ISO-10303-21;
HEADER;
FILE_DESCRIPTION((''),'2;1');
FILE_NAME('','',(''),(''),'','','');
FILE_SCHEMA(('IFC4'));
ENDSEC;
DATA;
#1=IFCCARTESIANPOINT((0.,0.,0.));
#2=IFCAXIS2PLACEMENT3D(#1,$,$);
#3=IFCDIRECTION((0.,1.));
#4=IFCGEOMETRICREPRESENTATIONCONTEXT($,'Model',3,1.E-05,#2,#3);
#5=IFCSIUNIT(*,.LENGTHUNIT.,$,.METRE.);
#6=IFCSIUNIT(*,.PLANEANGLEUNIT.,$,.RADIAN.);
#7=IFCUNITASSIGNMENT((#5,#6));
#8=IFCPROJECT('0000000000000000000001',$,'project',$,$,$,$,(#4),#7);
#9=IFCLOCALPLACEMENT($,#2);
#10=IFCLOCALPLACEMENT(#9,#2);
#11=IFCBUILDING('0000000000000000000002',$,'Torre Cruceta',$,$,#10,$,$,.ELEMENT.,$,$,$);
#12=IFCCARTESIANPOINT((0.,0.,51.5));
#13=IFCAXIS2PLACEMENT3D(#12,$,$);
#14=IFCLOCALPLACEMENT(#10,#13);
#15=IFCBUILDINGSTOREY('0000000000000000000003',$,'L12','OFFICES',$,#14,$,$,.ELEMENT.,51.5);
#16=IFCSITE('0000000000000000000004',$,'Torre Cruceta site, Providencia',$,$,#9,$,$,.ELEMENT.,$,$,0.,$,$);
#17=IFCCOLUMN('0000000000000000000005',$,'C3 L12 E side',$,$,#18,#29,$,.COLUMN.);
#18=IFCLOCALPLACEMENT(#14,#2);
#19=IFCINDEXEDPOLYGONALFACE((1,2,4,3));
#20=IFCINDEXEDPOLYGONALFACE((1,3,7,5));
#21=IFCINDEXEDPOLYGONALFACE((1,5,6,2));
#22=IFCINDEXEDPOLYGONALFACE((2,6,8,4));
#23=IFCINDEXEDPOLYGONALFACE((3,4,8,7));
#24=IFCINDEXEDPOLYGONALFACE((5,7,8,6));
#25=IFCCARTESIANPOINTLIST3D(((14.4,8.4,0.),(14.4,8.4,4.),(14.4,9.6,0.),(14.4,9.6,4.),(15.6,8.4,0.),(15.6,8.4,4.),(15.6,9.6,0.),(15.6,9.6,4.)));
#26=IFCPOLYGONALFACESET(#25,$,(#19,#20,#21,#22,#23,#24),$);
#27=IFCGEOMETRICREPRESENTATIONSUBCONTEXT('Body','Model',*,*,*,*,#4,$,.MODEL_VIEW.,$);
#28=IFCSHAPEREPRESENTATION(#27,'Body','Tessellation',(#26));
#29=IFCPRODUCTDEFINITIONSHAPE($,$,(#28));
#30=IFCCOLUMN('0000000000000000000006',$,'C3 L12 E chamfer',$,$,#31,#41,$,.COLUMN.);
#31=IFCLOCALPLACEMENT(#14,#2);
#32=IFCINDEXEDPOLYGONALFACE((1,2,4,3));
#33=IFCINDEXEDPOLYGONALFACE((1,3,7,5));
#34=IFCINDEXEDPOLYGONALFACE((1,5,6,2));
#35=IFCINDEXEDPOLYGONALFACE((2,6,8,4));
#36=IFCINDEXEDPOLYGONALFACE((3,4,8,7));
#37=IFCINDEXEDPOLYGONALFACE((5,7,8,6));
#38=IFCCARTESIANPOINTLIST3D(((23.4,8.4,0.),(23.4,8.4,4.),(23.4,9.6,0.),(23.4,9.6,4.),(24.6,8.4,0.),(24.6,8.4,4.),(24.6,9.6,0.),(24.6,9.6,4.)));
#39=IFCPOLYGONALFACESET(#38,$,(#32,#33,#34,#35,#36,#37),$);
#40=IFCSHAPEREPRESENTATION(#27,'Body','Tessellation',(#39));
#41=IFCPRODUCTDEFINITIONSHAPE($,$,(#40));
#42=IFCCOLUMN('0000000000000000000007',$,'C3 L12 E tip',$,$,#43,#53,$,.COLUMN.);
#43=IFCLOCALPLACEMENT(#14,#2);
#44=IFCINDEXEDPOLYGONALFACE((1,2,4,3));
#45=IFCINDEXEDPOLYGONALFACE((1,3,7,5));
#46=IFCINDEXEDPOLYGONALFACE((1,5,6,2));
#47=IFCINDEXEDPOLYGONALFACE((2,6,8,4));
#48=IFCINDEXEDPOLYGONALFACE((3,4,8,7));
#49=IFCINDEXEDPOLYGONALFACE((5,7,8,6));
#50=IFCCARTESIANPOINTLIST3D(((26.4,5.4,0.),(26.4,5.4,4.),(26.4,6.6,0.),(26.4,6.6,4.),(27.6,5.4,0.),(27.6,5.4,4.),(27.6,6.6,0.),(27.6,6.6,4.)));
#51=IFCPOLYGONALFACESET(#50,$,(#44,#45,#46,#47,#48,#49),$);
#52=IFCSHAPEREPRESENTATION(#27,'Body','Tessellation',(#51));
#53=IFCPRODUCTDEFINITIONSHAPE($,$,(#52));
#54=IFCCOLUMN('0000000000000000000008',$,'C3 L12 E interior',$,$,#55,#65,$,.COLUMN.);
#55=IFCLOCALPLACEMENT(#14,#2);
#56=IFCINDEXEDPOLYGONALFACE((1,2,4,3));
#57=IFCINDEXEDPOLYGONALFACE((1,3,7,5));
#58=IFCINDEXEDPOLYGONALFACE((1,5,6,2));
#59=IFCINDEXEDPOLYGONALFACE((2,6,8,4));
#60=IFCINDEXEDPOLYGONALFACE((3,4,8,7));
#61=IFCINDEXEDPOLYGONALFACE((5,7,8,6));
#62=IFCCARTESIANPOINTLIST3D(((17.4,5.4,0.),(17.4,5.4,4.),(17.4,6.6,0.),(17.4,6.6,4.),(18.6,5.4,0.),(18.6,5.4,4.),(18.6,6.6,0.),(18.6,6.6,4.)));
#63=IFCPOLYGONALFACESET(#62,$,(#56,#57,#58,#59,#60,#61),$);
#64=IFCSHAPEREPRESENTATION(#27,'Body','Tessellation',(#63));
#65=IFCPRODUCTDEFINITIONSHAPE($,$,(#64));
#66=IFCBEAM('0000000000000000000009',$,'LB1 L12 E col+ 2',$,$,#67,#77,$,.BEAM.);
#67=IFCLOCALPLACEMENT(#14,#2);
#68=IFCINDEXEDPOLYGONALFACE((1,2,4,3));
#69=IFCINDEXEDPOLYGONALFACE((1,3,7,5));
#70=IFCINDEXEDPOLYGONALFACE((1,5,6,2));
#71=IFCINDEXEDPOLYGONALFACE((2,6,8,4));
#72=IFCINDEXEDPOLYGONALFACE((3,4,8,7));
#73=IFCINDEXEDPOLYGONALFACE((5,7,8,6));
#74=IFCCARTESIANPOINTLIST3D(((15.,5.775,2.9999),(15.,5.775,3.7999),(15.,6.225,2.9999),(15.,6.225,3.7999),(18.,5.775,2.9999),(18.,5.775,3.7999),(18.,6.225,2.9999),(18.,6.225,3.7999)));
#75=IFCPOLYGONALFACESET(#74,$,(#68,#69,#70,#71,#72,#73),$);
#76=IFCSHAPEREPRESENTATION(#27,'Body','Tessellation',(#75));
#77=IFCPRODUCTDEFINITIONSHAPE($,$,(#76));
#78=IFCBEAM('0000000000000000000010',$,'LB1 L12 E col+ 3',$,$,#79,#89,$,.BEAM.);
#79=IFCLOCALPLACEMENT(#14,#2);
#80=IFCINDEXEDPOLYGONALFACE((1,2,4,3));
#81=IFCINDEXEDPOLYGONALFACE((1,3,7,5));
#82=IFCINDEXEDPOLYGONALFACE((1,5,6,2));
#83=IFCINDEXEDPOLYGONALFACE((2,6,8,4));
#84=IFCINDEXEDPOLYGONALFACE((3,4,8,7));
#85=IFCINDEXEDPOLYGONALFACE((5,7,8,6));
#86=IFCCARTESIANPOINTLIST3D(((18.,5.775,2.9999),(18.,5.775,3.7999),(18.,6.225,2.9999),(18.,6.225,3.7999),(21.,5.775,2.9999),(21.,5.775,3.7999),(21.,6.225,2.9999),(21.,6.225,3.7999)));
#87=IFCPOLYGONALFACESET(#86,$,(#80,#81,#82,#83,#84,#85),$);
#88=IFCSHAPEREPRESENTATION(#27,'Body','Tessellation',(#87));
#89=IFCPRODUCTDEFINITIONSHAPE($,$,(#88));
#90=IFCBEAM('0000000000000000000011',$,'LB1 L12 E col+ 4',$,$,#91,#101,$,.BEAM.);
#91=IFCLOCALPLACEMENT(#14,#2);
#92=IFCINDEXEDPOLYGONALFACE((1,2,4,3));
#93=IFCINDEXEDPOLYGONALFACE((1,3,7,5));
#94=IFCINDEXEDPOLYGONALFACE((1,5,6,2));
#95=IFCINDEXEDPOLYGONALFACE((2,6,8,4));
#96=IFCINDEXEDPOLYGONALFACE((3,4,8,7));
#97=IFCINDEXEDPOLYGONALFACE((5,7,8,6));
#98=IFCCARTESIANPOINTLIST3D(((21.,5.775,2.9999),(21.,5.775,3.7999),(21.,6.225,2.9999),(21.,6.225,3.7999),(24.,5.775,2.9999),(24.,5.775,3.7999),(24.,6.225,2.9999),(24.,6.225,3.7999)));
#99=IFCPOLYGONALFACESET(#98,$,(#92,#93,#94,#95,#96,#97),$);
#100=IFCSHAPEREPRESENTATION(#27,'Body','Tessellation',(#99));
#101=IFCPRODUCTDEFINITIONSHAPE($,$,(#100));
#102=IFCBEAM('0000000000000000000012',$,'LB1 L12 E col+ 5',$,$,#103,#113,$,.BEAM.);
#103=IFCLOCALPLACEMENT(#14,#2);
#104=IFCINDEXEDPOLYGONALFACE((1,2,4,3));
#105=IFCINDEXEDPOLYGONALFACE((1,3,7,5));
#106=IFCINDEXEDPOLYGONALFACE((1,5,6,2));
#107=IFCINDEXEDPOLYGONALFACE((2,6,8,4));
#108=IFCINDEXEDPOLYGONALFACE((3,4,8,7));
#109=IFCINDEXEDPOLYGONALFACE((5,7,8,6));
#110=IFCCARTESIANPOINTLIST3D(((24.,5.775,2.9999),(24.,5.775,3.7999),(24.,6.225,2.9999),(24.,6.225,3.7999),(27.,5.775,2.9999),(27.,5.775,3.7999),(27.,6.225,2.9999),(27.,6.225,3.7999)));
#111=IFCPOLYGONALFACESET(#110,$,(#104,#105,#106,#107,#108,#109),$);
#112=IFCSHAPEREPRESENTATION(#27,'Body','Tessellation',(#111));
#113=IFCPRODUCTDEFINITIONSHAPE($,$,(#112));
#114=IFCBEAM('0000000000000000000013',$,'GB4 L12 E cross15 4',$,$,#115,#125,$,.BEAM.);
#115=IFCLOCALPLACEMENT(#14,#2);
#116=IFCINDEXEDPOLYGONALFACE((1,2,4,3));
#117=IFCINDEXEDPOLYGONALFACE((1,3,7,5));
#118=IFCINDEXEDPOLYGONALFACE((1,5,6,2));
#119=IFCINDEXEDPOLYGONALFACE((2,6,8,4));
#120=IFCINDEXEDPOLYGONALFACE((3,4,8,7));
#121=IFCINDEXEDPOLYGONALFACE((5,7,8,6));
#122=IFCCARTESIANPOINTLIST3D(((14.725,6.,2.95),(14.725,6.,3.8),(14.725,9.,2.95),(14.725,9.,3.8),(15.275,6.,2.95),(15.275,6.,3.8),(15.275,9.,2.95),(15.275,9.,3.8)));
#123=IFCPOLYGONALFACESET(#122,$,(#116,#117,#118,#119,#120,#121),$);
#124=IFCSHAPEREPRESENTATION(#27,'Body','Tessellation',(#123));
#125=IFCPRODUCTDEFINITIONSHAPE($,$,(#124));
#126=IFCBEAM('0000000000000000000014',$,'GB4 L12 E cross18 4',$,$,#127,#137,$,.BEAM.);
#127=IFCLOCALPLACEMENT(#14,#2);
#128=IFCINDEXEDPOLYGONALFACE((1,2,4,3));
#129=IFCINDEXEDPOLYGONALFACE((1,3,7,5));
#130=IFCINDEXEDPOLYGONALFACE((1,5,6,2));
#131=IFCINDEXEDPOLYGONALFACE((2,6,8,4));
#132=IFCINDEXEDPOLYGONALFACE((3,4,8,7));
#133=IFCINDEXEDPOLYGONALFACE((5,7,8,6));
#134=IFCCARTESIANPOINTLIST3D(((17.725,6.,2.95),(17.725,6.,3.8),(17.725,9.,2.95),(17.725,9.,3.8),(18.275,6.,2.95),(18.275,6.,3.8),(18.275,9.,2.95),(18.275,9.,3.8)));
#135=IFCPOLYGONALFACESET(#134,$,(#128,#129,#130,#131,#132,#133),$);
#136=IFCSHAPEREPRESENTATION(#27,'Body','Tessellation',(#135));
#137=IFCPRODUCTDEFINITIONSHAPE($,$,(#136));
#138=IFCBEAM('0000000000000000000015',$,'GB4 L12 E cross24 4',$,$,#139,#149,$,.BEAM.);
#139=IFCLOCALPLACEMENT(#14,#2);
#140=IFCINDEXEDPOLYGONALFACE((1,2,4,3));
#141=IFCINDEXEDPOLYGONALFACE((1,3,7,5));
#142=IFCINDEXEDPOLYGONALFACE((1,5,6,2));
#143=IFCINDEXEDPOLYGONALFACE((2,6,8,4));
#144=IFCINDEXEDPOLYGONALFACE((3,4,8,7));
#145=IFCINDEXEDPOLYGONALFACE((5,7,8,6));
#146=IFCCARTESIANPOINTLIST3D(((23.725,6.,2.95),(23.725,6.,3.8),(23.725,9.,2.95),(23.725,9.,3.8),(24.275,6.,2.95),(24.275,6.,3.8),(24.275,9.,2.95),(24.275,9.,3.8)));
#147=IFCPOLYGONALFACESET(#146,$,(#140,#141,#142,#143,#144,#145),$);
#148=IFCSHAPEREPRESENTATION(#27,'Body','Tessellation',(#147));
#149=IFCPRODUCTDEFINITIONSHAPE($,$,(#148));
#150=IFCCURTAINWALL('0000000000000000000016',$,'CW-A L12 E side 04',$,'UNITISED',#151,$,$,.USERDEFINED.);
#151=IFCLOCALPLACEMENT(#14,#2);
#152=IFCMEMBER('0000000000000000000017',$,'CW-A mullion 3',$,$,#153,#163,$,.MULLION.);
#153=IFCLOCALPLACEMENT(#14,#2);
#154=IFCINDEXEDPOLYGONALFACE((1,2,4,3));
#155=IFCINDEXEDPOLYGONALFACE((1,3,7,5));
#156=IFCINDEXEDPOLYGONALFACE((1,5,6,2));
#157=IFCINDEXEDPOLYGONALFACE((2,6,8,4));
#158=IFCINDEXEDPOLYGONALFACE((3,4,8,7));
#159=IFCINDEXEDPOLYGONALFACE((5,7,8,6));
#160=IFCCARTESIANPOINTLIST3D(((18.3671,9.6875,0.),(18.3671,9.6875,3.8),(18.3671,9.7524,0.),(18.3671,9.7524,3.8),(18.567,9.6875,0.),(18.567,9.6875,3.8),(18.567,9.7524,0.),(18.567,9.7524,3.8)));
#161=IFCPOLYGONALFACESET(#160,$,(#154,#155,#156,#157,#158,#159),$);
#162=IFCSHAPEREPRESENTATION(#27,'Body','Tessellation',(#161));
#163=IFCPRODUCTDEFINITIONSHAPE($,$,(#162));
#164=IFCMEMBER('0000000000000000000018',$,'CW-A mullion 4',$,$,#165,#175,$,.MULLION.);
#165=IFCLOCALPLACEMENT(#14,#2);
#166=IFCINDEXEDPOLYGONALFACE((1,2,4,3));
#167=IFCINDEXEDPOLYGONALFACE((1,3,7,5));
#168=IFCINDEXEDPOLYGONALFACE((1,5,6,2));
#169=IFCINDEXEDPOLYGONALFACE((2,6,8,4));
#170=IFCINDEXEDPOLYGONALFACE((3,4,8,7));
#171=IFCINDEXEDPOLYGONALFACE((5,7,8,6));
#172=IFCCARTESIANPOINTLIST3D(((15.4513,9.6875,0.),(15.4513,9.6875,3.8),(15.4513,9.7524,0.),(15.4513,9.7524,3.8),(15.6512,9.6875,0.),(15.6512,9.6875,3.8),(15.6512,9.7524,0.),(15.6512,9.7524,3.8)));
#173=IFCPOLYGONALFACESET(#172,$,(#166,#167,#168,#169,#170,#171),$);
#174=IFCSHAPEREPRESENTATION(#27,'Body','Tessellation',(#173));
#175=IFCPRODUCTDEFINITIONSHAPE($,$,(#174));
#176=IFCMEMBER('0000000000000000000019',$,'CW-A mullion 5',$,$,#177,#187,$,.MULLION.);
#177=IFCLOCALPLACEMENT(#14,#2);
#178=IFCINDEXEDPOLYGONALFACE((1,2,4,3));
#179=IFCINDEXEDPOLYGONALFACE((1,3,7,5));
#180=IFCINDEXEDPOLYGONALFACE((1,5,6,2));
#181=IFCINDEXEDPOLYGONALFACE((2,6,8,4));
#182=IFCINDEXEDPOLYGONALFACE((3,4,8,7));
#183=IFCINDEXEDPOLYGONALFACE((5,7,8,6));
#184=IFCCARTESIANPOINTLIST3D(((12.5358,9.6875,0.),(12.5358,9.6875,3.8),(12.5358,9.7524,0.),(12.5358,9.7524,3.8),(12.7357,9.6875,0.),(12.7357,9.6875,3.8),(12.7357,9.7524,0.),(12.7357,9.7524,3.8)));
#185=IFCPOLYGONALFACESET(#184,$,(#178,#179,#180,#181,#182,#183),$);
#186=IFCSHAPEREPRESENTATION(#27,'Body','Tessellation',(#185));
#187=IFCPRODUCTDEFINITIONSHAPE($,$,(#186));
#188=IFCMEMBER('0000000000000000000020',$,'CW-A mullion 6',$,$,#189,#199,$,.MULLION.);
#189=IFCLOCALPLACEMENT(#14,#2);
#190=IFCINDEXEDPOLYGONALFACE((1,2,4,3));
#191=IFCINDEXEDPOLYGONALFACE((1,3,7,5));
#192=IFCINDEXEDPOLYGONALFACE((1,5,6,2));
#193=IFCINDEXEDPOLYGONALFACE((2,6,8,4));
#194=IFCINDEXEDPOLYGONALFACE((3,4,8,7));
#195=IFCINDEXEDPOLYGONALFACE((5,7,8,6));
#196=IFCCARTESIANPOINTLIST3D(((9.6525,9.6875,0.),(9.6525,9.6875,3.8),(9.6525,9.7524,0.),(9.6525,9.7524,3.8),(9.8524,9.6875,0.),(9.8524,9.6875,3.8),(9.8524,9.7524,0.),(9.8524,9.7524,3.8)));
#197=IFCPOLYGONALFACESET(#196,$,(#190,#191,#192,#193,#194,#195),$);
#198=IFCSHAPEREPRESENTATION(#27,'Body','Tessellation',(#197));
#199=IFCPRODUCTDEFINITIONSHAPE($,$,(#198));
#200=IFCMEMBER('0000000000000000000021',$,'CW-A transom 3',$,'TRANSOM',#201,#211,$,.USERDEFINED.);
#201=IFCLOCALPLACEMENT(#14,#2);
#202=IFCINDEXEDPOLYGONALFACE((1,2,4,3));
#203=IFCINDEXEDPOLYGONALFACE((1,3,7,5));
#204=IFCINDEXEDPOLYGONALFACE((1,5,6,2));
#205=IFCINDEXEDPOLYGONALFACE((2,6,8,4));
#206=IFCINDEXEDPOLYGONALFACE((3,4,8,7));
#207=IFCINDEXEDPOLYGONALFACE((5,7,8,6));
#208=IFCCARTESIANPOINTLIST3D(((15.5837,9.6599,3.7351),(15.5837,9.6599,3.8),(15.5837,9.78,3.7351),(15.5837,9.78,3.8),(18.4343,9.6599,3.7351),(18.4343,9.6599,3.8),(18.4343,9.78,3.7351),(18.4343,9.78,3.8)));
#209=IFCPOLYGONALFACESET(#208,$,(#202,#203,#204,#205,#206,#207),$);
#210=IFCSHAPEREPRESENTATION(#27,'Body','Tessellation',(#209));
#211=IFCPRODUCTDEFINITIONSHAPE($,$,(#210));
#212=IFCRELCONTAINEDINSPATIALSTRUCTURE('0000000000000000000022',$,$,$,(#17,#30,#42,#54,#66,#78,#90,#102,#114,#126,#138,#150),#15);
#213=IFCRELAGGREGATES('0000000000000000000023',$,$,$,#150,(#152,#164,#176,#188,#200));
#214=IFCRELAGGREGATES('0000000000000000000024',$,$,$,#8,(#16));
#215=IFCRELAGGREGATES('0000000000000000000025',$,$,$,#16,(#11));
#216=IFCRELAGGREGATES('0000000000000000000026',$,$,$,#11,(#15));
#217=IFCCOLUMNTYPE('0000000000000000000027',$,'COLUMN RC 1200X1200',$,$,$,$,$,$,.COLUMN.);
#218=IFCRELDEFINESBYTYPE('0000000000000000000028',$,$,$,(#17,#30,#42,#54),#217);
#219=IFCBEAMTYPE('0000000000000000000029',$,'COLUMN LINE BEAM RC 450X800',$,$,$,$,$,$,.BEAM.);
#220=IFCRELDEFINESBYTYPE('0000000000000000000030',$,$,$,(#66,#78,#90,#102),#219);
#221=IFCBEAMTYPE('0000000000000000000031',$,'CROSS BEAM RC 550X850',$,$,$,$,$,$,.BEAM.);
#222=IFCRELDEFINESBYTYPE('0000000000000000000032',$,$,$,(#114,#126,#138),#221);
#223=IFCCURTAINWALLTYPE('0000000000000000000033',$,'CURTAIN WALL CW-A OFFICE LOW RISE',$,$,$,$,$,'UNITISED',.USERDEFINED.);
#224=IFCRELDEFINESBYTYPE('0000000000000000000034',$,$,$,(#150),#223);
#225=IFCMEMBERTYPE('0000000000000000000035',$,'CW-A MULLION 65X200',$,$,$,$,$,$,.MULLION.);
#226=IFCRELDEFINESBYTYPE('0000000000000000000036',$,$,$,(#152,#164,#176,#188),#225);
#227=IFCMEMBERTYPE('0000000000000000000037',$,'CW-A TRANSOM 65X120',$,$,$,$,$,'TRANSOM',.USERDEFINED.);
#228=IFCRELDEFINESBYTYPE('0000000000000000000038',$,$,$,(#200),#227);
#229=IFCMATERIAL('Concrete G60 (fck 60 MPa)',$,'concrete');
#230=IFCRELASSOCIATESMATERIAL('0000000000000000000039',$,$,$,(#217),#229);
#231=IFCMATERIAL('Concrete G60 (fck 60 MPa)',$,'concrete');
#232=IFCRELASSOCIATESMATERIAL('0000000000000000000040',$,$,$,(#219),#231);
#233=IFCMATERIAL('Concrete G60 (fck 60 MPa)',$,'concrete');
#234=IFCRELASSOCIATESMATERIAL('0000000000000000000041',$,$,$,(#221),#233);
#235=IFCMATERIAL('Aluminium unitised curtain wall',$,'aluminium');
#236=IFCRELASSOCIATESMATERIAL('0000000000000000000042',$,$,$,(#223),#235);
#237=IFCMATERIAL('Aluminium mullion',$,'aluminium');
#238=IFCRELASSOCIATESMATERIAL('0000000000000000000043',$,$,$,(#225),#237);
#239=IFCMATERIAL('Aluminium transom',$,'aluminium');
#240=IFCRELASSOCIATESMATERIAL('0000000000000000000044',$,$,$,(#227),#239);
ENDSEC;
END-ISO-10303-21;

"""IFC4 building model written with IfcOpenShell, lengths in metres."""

from ifc_helpers import new_model, si_unit, direction, frame, origin, origin_2d, place, context, subcontext, project, spatial, rectangle, extrude, material, material_profile, profile_set, type_object, element, aggregate, save


model = new_model("IFC4")

# Units and contexts
model_context = context("Model", 3, precision=1e-05, world=origin(), true_north=direction((0.0, 1.0)))
body_context = subcontext(model_context, "Body", "Model", "MODEL_VIEW")
ifc_project = project(units=[si_unit("LENGTHUNIT", "METRE"), si_unit("PLANEANGLEUNIT", "RADIAN")], contexts=[model_context])

# Site, building, storey
site_placement = place(None, origin())
site = spatial("IfcSite", under=ifc_project, at=site_placement, Name="Torre Cruceta site, Providencia", CompositionType="ELEMENT", RefElevation=0.0)
building_placement = place(site_placement, origin())
building = spatial("IfcBuilding", under=site, at=building_placement, Name="Torre Cruceta", CompositionType="ELEMENT")
storey_placement = place(building_placement, frame((0.0, 0.0, 51.5)))
storey = spatial("IfcBuildingStorey", under=building, at=storey_placement, Name="L12", Description="OFFICES", CompositionType="ELEMENT", Elevation=51.5)

# Columns
ifc_material_1 = material(Name="Concrete G60 (fck 60 MPa)", Category="concrete")
ifc_material_profile_1 = material_profile(ifc_material_1, rectangle(XDim=1.2, YDim=1.2, at=origin_2d()), Name="RC 1200X1200")
ifc_profile_set_1 = profile_set([ifc_material_profile_1], Name="Concrete G60 (fck 60 MPa)")
column_type = type_object("IfcColumnType", Name="COLUMN RC 1200X1200", PredefinedType="COLUMN", material=ifc_profile_set_1)
for number, where, z_axis, x_axis, name in (
    (1, (15.0, 9.0, 0.0), (0.0, 0.0, 1.0), (1.0, 0.0, 0.0), "C3 L12 E side"),
    (2, (24.0, 9.0, 0.0), (0.0, 0.0, 1.0), (1.0, 0.0, 0.0), "C3 L12 E chamfer"),
    (3, (27.0, 6.0, 0.0), (0.0, 0.0, 1.0), (1.0, 0.0, 0.0), "C3 L12 E tip"),
    (4, (18.0, 6.0, 0.0), (0.0, 0.0, 1.0), (1.0, 0.0, 0.0), "C3 L12 E interior"),
):
    element("IfcColumn", number, at=place(storey_placement, frame(where, z_axis=z_axis, x_axis=x_axis)), inside=storey, type_object=column_type, Name=name, PredefinedType="COLUMN", context=body_context, shape_type="SweptSolid", body=[
        extrude(rectangle(XDim=1.2, YDim=1.2, at=origin_2d()), origin(), (0.0, 0.0, 1.0), 4.0),
    ])

# Beams
ifc_material_2 = material(Name="Concrete G60 (fck 60 MPa)", Category="concrete")
ifc_material_profile_2 = material_profile(ifc_material_2, rectangle(XDim=0.45, YDim=0.8, at=origin_2d()), Name="RC 450X800")
ifc_profile_set_2 = profile_set([ifc_material_profile_2], Name="Concrete G60 (fck 60 MPa)")
beam_type_1 = type_object("IfcBeamType", Name="COLUMN LINE BEAM RC 450X800", PredefinedType="BEAM", material=ifc_profile_set_2)
for number, where, z_axis, x_axis, name in (
    (5, (15.0, 6.0, 3.3999), (1.0, 0.0, 0.0), (0.0, 1.0, 0.0), "LB1 L12 E col+ 2"),
    (6, (18.0, 6.0, 3.3999), (1.0, 0.0, 0.0), (0.0, 1.0, 0.0), "LB1 L12 E col+ 3"),
    (7, (21.0, 6.0, 3.3999), (1.0, 0.0, 0.0), (0.0, 1.0, 0.0), "LB1 L12 E col+ 4"),
    (8, (24.0, 6.0, 3.3999), (1.0, 0.0, 0.0), (0.0, 1.0, 0.0), "LB1 L12 E col+ 5"),
):
    element("IfcBeam", number, at=place(storey_placement, frame(where, z_axis=z_axis, x_axis=x_axis)), inside=storey, type_object=beam_type_1, Name=name, PredefinedType="BEAM", context=body_context, shape_type="SweptSolid", body=[
        extrude(rectangle(XDim=0.45, YDim=0.8, at=origin_2d()), origin(), (0.0, 0.0, 1.0), 3.0),
    ])
ifc_material_3 = material(Name="Concrete G60 (fck 60 MPa)", Category="concrete")
ifc_material_profile_3 = material_profile(ifc_material_3, rectangle(XDim=0.55, YDim=0.8501, at=origin_2d()), Name="RC 550X850")
ifc_profile_set_3 = profile_set([ifc_material_profile_3], Name="Concrete G60 (fck 60 MPa)")
beam_type_2 = type_object("IfcBeamType", Name="CROSS BEAM RC 550X850", PredefinedType="BEAM", material=ifc_profile_set_3)
for number, where, z_axis, x_axis, name in (
    (9, (15.0, 6.0, 3.375), (0.0, 1.0, 0.0), (-1.0, 0.0, 0.0), "GB4 L12 E cross15 4"),
    (10, (18.0, 6.0, 3.375), (0.0, 1.0, 0.0), (-1.0, 0.0, 0.0), "GB4 L12 E cross18 4"),
    (11, (24.0, 6.0, 3.375), (0.0, 1.0, 0.0), (-1.0, 0.0, 0.0), "GB4 L12 E cross24 4"),
):
    element("IfcBeam", number, at=place(storey_placement, frame(where, z_axis=z_axis, x_axis=x_axis)), inside=storey, type_object=beam_type_2, Name=name, PredefinedType="BEAM", context=body_context, shape_type="SweptSolid", body=[
        extrude(rectangle(XDim=0.55, YDim=0.8501, at=origin_2d()), origin(), (0.0, 0.0, 1.0), 3.0),
    ])

# Curtain wall, members
ifc_material_4 = material(Name="Aluminium unitised curtain wall", Category="aluminium")
curtain_wall_type = type_object("IfcCurtainWallType", Name="CURTAIN WALL CW-A OFFICE LOW RISE", ElementType="UNITISED", PredefinedType="USERDEFINED", material=ifc_material_4)
curtain_wall_placement = place(storey_placement, origin())
curtain_wall = element("IfcCurtainWall", 12, at=curtain_wall_placement, inside=storey, type_object=curtain_wall_type, Name="CW-A L12 E side 04", ObjectType="UNITISED", PredefinedType="USERDEFINED")
ifc_material_5 = material(Name="Aluminium mullion", Category="aluminium")
ifc_material_profile_4 = material_profile(ifc_material_5, rectangle(XDim=0.0649, YDim=0.2, at=origin_2d()), Name="AL 65X200")
ifc_profile_set_4 = profile_set([ifc_material_profile_4], Name="Aluminium mullion")
member_type_1 = type_object("IfcMemberType", Name="CW-A MULLION 65X200", PredefinedType="MULLION", material=ifc_profile_set_4)
member_1_placement = place(storey_placement, frame((18.467, 9.72, 0.0), z_axis=(0.0, 0.0, 1.0), x_axis=(0.0, -1.0, 0.0)))
member_1 = element("IfcMember", 13, at=member_1_placement, type_object=member_type_1, Name="CW-A mullion 3", PredefinedType="MULLION", context=body_context, shape_type="SweptSolid", body=[
    extrude(rectangle(XDim=0.0649, YDim=0.2, at=origin_2d()), origin(), (0.0, 0.0, 1.0), 3.8),
])
member_2_placement = place(storey_placement, frame((15.5513, 9.72, 0.0), z_axis=(0.0, 0.0, 1.0), x_axis=(0.0, -1.0, 0.0)))
member_2 = element("IfcMember", 14, at=member_2_placement, type_object=member_type_1, Name="CW-A mullion 4", PredefinedType="MULLION", context=body_context, shape_type="SweptSolid", body=[
    extrude(rectangle(XDim=0.0649, YDim=0.2, at=origin_2d()), origin(), (0.0, 0.0, 1.0), 3.8),
])
member_3_placement = place(storey_placement, frame((12.6357, 9.72, 0.0), z_axis=(0.0, 0.0, 1.0), x_axis=(0.0, -1.0, 0.0)))
member_3 = element("IfcMember", 15, at=member_3_placement, type_object=member_type_1, Name="CW-A mullion 5", PredefinedType="MULLION", context=body_context, shape_type="SweptSolid", body=[
    extrude(rectangle(XDim=0.0649, YDim=0.2, at=origin_2d()), origin(), (0.0, 0.0, 1.0), 3.8),
])
member_4_placement = place(storey_placement, frame((9.7524, 9.72, 0.0), z_axis=(0.0, 0.0, 1.0), x_axis=(0.0, -1.0, 0.0)))
member_4 = element("IfcMember", 16, at=member_4_placement, type_object=member_type_1, Name="CW-A mullion 6", PredefinedType="MULLION", context=body_context, shape_type="SweptSolid", body=[
    extrude(rectangle(XDim=0.0649, YDim=0.2, at=origin_2d()), origin(), (0.0, 0.0, 1.0), 3.8),
])
ifc_material_6 = material(Name="Aluminium transom", Category="aluminium")
ifc_material_profile_5 = material_profile(ifc_material_6, rectangle(XDim=0.1201, YDim=0.0649, at=origin_2d()), Name="AL 120X65")
ifc_profile_set_5 = profile_set([ifc_material_profile_5], Name="Aluminium transom")
member_type_2 = type_object("IfcMemberType", Name="CW-A TRANSOM 65X120", ElementType="TRANSOM", PredefinedType="USERDEFINED", material=ifc_profile_set_5)
member_5_placement = place(storey_placement, frame((18.4343, 9.72, 3.7676), z_axis=(-1.0, 0.0, 0.0), x_axis=(0.0, -1.0, 0.0)))
member_5 = element("IfcMember", 17, at=member_5_placement, type_object=member_type_2, Name="CW-A transom 3", ObjectType="TRANSOM", PredefinedType="USERDEFINED", context=body_context, shape_type="SweptSolid", body=[
    extrude(rectangle(XDim=0.1201, YDim=0.0649, at=origin_2d()), origin(), (0.0, 0.0, 1.0), 2.8506),
])

aggregate(curtain_wall, [member_1, member_2, member_3, member_4, member_5])

save(model, "model.ifc")
